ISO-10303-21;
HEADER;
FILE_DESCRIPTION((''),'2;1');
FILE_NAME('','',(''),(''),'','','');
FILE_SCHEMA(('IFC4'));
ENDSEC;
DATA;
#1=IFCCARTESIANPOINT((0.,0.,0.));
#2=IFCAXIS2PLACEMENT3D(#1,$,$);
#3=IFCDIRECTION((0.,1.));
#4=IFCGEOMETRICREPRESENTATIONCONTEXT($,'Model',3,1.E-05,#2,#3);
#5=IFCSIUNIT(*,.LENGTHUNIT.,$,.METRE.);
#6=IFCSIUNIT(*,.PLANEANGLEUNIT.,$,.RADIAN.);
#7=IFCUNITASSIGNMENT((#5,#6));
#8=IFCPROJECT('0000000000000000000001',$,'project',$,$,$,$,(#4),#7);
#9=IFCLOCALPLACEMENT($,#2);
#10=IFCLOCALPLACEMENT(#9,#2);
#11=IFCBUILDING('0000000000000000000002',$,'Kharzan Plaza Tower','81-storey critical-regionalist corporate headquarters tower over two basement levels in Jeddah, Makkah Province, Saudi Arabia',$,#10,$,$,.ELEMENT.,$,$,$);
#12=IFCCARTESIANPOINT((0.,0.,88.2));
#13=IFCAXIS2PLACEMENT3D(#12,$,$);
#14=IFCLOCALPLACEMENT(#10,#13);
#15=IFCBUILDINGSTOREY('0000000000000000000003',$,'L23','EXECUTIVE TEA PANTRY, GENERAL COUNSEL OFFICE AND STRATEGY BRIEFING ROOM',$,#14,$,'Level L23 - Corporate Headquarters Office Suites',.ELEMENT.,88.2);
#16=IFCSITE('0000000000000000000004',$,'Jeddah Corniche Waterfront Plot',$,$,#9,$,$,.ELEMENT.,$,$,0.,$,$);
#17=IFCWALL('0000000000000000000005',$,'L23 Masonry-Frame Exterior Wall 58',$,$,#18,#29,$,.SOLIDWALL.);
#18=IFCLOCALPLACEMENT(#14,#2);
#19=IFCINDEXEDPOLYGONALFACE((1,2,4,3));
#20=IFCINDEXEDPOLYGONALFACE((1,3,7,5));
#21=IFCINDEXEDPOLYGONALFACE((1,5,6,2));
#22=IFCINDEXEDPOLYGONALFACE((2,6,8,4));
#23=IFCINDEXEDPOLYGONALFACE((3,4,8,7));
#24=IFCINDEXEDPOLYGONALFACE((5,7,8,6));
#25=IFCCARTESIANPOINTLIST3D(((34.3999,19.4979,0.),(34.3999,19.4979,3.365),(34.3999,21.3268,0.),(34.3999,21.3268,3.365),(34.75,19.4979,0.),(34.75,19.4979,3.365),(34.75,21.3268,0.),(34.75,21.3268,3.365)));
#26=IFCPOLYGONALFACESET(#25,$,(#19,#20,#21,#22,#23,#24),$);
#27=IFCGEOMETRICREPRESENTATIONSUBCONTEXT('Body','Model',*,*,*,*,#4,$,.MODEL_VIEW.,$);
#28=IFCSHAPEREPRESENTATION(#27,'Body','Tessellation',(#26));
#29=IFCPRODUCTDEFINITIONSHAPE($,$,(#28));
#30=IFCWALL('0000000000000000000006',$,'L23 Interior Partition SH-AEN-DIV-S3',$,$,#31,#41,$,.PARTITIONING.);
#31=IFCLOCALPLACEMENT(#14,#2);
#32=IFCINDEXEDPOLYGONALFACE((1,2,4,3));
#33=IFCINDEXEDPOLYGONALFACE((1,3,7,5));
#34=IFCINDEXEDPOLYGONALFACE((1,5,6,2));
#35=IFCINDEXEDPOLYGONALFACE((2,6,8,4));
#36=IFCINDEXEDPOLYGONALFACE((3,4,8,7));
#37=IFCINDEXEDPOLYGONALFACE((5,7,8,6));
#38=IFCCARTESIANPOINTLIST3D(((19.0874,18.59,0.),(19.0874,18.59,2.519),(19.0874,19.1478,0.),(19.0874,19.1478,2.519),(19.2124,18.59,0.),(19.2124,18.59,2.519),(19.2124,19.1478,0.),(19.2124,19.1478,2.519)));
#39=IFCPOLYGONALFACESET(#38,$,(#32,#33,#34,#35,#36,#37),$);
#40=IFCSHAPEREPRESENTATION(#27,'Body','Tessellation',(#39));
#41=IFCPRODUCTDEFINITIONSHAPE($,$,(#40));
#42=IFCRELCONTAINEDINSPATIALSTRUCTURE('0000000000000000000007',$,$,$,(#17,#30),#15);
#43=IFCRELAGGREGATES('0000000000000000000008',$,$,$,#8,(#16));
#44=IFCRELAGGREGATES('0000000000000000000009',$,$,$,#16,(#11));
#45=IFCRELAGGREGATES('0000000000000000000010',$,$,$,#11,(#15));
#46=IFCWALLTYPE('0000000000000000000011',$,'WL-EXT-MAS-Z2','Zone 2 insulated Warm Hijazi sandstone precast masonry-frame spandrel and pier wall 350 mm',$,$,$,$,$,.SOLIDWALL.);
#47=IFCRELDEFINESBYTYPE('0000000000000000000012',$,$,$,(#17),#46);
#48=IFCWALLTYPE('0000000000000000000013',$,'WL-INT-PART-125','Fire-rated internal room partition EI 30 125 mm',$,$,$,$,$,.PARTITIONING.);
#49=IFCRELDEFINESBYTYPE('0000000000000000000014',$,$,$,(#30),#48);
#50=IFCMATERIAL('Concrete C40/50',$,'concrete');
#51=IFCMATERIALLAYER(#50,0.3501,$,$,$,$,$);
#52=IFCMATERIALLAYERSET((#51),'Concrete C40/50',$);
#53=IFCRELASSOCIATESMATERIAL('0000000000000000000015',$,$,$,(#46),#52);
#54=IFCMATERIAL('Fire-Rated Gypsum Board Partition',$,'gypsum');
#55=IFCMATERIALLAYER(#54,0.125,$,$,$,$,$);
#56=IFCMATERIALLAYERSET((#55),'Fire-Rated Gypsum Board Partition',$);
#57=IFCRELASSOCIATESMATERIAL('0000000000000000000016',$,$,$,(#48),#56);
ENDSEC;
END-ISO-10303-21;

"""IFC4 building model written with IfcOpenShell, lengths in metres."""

from ifc_helpers import new_model, si_unit, direction, frame, frame_2d, origin, place, context, subcontext, project, spatial, rectangle, extrude, source, transform, mapped, material, layer, layer_set, type_object, element, save


model = new_model("IFC4")

# Units and contexts
model_context = context("Model", 3, precision=1e-05, world=origin(), true_north=direction((0.0, 1.0)))
body_context = subcontext(model_context, "Body", "Model", "MODEL_VIEW")
ifc_project = project(units=[si_unit("LENGTHUNIT", "METRE"), si_unit("PLANEANGLEUNIT", "RADIAN")], contexts=[model_context])

# Site, building, storey
site_placement = place(None, origin())
site = spatial("IfcSite", under=ifc_project, at=site_placement, Name="Jeddah Corniche Waterfront Plot", CompositionType="ELEMENT", RefElevation=0.0)
building_placement = place(site_placement, origin())
building = spatial("IfcBuilding", under=site, at=building_placement, Name="Kharzan Plaza Tower", Description="81-storey critical-regionalist corporate headquarters tower over two basement levels in Jeddah, Makkah Province, Saudi Arabia", CompositionType="ELEMENT")
storey_placement = place(building_placement, frame((0.0, 0.0, 88.2)))
storey = spatial("IfcBuildingStorey", under=building, at=storey_placement, Name="L23", Description="EXECUTIVE TEA PANTRY, GENERAL COUNSEL OFFICE AND STRATEGY BRIEFING ROOM", LongName="Level L23 - Corporate Headquarters Office Suites", CompositionType="ELEMENT", Elevation=88.2)

# Shared definitions
ifc_material_1 = material(Name="Concrete C40/50", Category="concrete")
ifc_layer_1 = layer(ifc_material_1, 0.3501)
ifc_layer_set_1 = layer_set([ifc_layer_1], Name="Concrete C40/50")
wall_type_1 = type_object("IfcWallType", Name="WL-EXT-MAS-Z2", Description="Zone 2 insulated Warm Hijazi sandstone precast masonry-frame spandrel and pier wall 350 mm", PredefinedType="SOLIDWALL", material=ifc_layer_set_1)

# Walls
shared_shape_1 = source(origin(), body_context, "Body", "SweptSolid", [
    extrude(rectangle(XDim=1.8289, YDim=0.3501, at=frame_2d((0.9146, 0.0))), origin(), (0.0, 0.0, 1.0), 3.365),
])
wall_1_placement = place(storey_placement, frame((34.575, 21.3269, 0.0), z_axis=(0.0, 0.0, 1.0), x_axis=(0.0, -1.0, 0.0)))
element("IfcWall", 1, at=wall_1_placement, inside=storey, type_object=wall_type_1, Name="L23 Masonry-Frame Exterior Wall 58", PredefinedType="SOLIDWALL", context=body_context, shape_type="MappedRepresentation", body=[
    mapped(shared_shape_1, transform((0.0, 0.0, 0.0), x_axis=(1.0, 0.0, 0.0), y_axis=(0.0, 1.0, 0.0), z_axis=(0.0, 0.0, 1.0))),
])
ifc_material_2 = material(Name="Fire-Rated Gypsum Board Partition", Category="gypsum")
ifc_layer_2 = layer(ifc_material_2, 0.125)
ifc_layer_set_2 = layer_set([ifc_layer_2], Name="Fire-Rated Gypsum Board Partition")
wall_type_2 = type_object("IfcWallType", Name="WL-INT-PART-125", Description="Fire-rated internal room partition EI 30 125 mm", PredefinedType="PARTITIONING", material=ifc_layer_set_2)
shared_shape_2 = source(origin(), body_context, "Body", "SweptSolid", [
    extrude(rectangle(XDim=0.5579, YDim=0.125, at=frame_2d((0.2788, 0.0))), origin(), (0.0, 0.0, 1.0), 2.519),
])
wall_2_placement = place(storey_placement, frame((19.1499, 18.5901, 0.0), z_axis=(0.0, 0.0, 1.0), x_axis=(0.0, 1.0, 0.0)))
element("IfcWall", 2, at=wall_2_placement, inside=storey, type_object=wall_type_2, Name="L23 Interior Partition SH-AEN-DIV-S3", PredefinedType="PARTITIONING", context=body_context, shape_type="MappedRepresentation", body=[
    mapped(shared_shape_2, transform((0.0, 0.0, 0.0), x_axis=(1.0, 0.0, 0.0), y_axis=(0.0, 1.0, 0.0), z_axis=(0.0, 0.0, 1.0))),
])

save(model, "model.ifc")
